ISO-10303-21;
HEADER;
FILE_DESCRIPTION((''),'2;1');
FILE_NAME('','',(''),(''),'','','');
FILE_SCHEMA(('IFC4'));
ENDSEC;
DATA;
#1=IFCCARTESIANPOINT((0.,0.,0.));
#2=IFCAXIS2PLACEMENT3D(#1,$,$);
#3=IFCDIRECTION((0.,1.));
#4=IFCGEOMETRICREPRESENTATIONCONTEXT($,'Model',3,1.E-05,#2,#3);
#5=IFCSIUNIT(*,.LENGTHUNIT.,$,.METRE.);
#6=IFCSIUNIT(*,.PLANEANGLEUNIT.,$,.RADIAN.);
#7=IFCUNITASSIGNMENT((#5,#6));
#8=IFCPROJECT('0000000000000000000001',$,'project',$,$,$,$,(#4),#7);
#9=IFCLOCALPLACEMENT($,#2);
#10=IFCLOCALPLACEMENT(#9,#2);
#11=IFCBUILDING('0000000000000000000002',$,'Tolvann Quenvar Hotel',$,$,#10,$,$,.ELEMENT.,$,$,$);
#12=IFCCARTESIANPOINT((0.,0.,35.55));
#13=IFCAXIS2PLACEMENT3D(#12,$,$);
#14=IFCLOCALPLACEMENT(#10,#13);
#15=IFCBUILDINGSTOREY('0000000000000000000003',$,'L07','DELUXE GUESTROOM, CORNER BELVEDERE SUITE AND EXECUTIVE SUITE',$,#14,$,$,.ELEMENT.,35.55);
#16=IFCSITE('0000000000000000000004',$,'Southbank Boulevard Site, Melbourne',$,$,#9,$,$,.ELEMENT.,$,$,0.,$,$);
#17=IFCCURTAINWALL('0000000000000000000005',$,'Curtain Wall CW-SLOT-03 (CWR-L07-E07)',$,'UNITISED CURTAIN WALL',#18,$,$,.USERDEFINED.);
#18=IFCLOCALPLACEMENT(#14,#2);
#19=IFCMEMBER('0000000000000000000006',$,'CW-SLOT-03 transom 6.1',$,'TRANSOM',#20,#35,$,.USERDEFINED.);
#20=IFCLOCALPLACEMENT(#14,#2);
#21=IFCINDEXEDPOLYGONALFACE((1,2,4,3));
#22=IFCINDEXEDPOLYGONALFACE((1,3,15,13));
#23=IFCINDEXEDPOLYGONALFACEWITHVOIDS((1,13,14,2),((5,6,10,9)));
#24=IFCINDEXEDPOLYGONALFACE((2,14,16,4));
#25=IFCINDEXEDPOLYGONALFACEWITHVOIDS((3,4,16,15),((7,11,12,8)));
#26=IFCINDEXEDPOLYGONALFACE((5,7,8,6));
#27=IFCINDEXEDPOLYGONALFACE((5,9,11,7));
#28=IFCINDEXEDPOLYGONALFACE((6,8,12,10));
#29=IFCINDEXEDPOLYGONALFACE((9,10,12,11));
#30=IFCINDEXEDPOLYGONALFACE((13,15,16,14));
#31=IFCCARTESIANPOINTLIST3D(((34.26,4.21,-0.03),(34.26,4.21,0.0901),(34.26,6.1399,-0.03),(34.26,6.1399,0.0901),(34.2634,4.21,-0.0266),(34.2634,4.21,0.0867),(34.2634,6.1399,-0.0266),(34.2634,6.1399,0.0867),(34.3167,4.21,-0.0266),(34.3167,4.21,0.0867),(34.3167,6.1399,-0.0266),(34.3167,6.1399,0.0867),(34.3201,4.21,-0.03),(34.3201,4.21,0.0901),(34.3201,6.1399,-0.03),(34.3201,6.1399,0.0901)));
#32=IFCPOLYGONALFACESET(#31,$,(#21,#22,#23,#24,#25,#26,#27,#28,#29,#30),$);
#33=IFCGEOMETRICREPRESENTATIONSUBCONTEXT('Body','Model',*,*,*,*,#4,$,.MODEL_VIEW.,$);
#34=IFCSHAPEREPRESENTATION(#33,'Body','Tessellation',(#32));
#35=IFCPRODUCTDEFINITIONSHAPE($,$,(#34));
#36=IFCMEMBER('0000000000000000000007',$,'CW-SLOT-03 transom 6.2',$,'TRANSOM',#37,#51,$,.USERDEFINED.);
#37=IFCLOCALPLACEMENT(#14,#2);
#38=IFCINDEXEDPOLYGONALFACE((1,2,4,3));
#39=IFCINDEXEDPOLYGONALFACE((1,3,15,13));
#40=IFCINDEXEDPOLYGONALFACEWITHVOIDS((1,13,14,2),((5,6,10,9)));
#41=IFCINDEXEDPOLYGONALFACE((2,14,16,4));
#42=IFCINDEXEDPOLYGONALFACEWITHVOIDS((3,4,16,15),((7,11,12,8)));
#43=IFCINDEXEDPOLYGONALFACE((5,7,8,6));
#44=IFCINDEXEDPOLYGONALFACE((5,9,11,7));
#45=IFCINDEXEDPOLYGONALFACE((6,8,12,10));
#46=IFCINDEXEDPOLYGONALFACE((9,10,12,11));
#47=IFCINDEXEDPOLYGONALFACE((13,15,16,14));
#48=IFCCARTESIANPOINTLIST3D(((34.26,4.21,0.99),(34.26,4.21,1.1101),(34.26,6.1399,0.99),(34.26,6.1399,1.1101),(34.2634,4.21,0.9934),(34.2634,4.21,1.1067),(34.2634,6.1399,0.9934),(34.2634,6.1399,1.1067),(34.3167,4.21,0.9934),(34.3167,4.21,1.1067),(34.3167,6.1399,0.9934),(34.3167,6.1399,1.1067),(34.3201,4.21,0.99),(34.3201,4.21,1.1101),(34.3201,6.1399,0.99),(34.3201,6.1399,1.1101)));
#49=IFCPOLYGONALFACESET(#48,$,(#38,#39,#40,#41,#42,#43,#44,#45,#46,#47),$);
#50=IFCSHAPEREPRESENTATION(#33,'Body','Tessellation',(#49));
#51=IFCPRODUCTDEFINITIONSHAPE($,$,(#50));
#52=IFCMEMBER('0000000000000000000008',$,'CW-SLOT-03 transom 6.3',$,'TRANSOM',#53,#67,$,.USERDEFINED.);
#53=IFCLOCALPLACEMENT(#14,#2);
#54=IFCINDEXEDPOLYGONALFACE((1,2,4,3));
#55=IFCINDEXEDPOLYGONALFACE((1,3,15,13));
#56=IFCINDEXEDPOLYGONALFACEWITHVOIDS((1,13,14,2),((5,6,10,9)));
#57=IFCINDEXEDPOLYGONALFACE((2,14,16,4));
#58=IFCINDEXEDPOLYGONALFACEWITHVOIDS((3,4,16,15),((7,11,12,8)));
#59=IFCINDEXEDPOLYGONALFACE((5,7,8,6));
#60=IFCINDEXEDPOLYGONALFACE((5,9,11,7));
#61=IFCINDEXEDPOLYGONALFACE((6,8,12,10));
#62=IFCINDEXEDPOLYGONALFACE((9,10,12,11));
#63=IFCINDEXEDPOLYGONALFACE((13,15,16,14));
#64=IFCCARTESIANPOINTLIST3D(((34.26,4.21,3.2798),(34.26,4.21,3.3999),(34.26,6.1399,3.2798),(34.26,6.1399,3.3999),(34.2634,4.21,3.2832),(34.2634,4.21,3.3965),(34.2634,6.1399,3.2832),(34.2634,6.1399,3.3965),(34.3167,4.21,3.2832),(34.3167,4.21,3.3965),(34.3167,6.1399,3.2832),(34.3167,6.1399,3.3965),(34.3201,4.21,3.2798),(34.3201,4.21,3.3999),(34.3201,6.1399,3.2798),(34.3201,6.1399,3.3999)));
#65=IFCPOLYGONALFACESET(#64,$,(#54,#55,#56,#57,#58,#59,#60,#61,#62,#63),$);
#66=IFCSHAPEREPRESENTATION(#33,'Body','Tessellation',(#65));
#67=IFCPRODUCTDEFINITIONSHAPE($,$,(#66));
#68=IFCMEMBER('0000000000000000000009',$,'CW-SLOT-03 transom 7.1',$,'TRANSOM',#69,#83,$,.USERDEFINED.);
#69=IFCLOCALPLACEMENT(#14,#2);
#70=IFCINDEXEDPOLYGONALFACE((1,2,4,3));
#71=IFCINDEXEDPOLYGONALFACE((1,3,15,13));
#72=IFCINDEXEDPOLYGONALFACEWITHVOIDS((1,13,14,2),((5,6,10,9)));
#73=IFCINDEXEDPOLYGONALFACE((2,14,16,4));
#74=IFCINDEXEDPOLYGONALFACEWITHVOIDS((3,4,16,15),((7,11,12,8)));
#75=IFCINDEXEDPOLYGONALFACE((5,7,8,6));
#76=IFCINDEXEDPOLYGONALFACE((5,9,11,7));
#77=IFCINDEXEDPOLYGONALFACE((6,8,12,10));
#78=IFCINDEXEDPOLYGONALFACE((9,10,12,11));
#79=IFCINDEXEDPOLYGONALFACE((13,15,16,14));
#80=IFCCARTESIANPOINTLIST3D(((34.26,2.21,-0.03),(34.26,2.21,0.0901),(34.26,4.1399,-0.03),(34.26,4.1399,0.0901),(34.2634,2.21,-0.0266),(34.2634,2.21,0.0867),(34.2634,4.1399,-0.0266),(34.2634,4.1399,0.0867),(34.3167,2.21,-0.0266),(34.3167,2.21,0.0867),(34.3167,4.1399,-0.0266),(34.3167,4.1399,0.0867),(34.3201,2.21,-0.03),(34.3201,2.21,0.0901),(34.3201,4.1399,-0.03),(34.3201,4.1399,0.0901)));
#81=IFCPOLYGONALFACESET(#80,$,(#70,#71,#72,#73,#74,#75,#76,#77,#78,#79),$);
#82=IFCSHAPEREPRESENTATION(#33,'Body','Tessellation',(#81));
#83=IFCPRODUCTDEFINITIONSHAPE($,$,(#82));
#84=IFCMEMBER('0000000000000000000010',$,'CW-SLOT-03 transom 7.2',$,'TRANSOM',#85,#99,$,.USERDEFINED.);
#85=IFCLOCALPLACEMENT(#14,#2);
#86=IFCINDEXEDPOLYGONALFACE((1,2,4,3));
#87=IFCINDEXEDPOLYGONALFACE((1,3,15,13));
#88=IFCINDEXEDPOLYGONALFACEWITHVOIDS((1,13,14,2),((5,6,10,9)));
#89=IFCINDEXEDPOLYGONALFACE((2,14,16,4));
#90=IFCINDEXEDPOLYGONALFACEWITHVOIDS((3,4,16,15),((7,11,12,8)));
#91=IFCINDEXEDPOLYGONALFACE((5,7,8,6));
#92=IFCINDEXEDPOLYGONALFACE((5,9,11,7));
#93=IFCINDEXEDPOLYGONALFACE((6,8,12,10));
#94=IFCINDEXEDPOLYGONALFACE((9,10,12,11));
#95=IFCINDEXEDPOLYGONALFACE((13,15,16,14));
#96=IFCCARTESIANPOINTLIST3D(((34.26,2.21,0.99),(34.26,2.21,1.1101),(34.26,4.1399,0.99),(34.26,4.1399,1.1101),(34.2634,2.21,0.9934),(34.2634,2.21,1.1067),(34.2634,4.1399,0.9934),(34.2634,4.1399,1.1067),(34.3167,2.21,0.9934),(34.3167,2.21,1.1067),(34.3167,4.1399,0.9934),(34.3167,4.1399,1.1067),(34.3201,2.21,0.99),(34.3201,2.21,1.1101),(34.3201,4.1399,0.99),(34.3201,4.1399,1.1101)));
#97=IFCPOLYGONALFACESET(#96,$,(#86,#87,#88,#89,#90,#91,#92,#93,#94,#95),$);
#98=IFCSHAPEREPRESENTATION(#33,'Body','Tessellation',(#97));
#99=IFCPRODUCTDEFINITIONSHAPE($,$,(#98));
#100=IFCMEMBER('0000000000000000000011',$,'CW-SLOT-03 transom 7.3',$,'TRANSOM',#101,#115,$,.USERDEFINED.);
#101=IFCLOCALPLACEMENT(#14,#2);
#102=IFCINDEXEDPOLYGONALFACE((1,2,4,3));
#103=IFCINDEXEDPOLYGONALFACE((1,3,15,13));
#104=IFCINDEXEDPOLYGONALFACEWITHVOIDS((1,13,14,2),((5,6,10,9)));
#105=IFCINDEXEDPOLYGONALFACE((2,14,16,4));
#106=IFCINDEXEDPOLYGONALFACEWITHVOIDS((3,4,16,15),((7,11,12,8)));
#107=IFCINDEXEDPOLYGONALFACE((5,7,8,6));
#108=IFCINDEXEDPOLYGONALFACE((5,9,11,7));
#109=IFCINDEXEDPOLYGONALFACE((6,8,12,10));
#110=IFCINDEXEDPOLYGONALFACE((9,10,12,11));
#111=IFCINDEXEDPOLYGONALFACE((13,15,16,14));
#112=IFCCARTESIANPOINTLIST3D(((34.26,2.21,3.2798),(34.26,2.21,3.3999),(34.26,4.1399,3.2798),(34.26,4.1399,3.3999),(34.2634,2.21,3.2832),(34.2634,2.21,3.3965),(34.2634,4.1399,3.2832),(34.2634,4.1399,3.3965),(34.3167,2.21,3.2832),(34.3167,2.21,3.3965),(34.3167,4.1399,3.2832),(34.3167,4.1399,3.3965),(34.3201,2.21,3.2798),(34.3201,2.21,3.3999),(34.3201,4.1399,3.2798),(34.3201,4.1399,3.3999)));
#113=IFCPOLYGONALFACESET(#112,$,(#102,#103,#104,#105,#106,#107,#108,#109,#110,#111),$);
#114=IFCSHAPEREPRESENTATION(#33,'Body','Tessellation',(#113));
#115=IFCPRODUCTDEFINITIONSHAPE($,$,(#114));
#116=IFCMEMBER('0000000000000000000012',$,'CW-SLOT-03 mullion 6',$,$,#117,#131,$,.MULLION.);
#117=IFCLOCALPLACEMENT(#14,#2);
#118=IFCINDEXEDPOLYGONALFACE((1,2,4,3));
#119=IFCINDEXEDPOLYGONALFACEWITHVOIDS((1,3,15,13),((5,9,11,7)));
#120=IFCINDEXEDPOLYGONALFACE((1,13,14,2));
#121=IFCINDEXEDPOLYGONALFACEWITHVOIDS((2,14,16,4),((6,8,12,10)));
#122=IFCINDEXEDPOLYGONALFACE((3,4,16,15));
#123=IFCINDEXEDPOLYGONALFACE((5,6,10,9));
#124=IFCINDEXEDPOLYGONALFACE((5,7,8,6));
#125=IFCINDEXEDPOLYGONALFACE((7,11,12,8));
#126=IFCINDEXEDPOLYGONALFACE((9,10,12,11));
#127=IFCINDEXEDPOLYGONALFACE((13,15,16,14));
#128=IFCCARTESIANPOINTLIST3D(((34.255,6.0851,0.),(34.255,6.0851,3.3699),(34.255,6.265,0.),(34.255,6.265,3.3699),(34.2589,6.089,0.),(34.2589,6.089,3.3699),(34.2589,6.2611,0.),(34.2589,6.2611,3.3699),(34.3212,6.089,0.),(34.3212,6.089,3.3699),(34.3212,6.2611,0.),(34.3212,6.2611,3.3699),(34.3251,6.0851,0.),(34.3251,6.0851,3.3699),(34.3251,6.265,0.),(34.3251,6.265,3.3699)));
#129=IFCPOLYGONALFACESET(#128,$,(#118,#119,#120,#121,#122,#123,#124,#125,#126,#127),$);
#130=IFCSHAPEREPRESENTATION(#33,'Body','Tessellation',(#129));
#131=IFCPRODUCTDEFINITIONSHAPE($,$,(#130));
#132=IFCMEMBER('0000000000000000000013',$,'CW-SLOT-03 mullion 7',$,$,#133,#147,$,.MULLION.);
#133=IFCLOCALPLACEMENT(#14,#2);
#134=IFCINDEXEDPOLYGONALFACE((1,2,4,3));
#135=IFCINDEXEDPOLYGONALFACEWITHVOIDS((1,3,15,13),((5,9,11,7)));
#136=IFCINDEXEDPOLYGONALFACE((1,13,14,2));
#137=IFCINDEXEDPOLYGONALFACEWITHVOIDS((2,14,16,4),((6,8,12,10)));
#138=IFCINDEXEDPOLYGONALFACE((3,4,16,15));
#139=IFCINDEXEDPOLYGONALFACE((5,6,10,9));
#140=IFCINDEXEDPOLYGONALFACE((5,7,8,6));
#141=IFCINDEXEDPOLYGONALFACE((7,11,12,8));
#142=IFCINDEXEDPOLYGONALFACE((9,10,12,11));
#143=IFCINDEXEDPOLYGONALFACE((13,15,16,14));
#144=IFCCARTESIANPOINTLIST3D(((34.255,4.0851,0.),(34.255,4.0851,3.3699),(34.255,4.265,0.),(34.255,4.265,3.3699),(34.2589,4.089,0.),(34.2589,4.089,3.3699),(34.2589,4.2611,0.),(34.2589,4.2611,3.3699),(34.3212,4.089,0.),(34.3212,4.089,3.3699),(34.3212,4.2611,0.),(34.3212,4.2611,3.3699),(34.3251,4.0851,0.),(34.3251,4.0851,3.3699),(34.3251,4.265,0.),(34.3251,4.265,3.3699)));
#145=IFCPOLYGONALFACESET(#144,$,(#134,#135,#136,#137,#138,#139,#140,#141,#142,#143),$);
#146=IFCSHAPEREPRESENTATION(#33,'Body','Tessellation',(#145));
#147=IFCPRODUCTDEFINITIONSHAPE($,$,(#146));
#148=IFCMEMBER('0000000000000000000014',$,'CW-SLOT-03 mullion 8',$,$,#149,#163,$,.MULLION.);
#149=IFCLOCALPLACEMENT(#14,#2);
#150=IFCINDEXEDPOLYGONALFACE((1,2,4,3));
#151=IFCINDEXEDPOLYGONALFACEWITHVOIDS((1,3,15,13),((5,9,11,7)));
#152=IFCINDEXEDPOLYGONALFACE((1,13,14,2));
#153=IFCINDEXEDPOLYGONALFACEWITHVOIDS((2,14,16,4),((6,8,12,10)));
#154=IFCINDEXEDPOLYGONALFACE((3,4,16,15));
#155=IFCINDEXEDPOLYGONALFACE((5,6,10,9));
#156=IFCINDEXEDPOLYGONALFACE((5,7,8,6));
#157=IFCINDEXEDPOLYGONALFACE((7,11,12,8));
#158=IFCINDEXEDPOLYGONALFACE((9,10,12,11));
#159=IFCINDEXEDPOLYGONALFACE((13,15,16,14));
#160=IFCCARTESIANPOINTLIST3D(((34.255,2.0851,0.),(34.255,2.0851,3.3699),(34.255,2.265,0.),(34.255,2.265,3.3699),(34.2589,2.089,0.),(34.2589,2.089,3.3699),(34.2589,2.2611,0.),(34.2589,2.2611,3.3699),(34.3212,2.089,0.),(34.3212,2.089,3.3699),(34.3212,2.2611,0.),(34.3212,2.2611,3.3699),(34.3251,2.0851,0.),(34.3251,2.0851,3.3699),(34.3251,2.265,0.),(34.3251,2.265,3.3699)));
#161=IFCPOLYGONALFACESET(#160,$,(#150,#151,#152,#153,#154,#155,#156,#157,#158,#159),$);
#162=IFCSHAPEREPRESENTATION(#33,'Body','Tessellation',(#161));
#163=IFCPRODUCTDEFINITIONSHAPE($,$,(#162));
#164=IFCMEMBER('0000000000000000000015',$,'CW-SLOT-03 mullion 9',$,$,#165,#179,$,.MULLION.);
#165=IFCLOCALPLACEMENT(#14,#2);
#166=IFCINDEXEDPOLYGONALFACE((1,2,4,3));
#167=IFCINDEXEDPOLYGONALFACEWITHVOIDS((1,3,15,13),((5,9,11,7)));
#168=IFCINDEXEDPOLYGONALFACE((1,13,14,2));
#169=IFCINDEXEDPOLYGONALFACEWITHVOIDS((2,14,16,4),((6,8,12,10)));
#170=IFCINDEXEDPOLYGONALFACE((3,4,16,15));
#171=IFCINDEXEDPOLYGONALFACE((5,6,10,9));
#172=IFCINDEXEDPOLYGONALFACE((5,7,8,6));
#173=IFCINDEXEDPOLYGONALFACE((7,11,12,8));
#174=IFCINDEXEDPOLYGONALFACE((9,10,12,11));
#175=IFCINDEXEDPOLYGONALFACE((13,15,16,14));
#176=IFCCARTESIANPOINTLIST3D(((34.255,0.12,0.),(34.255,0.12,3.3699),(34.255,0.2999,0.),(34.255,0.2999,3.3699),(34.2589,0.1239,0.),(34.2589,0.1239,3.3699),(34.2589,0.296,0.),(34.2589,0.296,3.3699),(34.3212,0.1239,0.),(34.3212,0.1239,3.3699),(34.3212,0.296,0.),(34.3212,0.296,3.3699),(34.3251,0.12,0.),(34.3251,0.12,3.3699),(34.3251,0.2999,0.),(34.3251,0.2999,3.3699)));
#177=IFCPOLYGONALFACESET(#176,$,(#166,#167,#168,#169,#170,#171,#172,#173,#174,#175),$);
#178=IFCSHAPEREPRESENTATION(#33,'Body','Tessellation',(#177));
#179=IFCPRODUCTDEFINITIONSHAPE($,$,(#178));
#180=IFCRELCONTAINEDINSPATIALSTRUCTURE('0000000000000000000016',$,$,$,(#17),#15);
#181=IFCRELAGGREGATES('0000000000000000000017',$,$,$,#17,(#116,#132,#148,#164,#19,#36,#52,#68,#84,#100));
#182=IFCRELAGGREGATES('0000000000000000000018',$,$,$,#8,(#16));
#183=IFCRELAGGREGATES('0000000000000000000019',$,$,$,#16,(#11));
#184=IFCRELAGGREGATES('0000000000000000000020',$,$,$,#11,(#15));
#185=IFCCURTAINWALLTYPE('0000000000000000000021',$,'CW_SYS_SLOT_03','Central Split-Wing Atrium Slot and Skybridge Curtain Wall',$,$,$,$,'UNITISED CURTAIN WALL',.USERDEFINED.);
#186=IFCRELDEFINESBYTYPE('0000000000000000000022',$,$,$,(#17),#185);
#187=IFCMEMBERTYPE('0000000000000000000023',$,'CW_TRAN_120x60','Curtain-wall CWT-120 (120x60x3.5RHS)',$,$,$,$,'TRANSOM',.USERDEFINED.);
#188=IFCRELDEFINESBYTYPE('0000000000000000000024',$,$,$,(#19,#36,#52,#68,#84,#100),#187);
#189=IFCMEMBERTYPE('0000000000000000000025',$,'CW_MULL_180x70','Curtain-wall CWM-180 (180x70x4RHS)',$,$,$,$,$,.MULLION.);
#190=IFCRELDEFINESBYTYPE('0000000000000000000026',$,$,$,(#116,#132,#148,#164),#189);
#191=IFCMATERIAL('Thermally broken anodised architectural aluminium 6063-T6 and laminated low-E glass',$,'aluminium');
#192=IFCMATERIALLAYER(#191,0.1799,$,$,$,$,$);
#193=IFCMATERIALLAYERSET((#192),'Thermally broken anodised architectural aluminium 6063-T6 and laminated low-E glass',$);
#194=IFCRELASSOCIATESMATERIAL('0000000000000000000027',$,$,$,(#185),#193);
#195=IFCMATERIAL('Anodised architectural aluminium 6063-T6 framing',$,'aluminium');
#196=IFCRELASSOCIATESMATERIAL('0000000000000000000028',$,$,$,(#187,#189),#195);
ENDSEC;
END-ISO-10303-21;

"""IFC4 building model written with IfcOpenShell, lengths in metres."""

from ifc_helpers import new_model, si_unit, direction, frame, origin, origin_2d, place, context, subcontext, project, spatial, hollow_rectangle, extrude, source, transform, mapped, material, layer, layer_set, material_profile, profile_set, type_object, type_shapes, element, aggregate, save


model = new_model("IFC4")

# Units and contexts
model_context = context("Model", 3, precision=1e-05, world=origin(), true_north=direction((0.0, 1.0)))
body_context = subcontext(model_context, "Body", "Model", "MODEL_VIEW")
ifc_project = project(units=[si_unit("LENGTHUNIT", "METRE"), si_unit("PLANEANGLEUNIT", "RADIAN")], contexts=[model_context])

# Site, building, storey
site_placement = place(None, origin())
site = spatial("IfcSite", under=ifc_project, at=site_placement, Name="Southbank Boulevard Site, Melbourne", CompositionType="ELEMENT", RefElevation=0.0)
building_placement = place(site_placement, origin())
building = spatial("IfcBuilding", under=site, at=building_placement, Name="Tolvann Quenvar Hotel", CompositionType="ELEMENT")
storey_placement = place(building_placement, frame((0.0, 0.0, 35.55)))
storey = spatial("IfcBuildingStorey", under=building, at=storey_placement, Name="L07", Description="DELUXE GUESTROOM, CORNER BELVEDERE SUITE AND EXECUTIVE SUITE", CompositionType="ELEMENT", Elevation=35.55)

# Curtain wall, members
ifc_material_1 = material(Name="Thermally broken anodised architectural aluminium 6063-T6 and laminated low-E glass", Category="aluminium")
ifc_layer_1 = layer(ifc_material_1, 0.1799)
ifc_layer_set_1 = layer_set([ifc_layer_1], Name="Thermally broken anodised architectural aluminium 6063-T6 and laminated low-E glass")
curtain_wall_type = type_object("IfcCurtainWallType", Name="CW_SYS_SLOT_03", Description="Central Split-Wing Atrium Slot and Skybridge Curtain Wall", ElementType="UNITISED CURTAIN WALL", PredefinedType="USERDEFINED", material=ifc_layer_set_1)
curtain_wall_placement = place(storey_placement, origin())
curtain_wall = element("IfcCurtainWall", 1, at=curtain_wall_placement, inside=storey, type_object=curtain_wall_type, Name="Curtain Wall CW-SLOT-03 (CWR-L07-E07)", ObjectType="UNITISED CURTAIN WALL", PredefinedType="USERDEFINED")
ifc_material_2 = material(Name="Anodised architectural aluminium 6063-T6 framing", Category="aluminium")
ifc_material_profile_1 = material_profile(ifc_material_2, hollow_rectangle(XDim=0.0601, YDim=0.1201, WallThickness=0.0034, at=origin_2d()), Name="120x60x3.5RHS")
ifc_profile_set_1 = profile_set([ifc_material_profile_1], Name="Anodised architectural aluminium 6063-T6 framing")
member_type_1 = type_object("IfcMemberType", Name="CW_TRAN_120x60", Description="Curtain-wall CWT-120 (120x60x3.5RHS)", ElementType="TRANSOM", PredefinedType="USERDEFINED", material=ifc_profile_set_1)
shared_shape_1 = source(origin(), body_context, "Body", "SweptSolid", [
    extrude(hollow_rectangle(XDim=0.0601, YDim=0.1201, WallThickness=0.0034, at=origin_2d()), origin(), (0.0, 0.0, 1.0), 1.9299),
])
member_1_placement = place(storey_placement, frame((34.29, 6.1399, 0.03), z_axis=(0.0, -1.0, 0.0), x_axis=(1.0, 0.0, 0.0)))
member_1 = element("IfcMember", 2, at=member_1_placement, type_object=member_type_1, Name="CW-SLOT-03 transom 6.1", ObjectType="TRANSOM", PredefinedType="USERDEFINED", context=body_context, shape_type="MappedRepresentation", body=[
    mapped(shared_shape_1, transform((0.0, 0.0, 0.0), x_axis=(1.0, 0.0, 0.0), y_axis=(0.0, 1.0, 0.0), z_axis=(0.0, 0.0, 1.0), scale=1.0)),
])
member_2_placement = place(storey_placement, frame((34.29, 6.1399, 1.05), z_axis=(0.0, -1.0, 0.0), x_axis=(1.0, 0.0, 0.0)))
member_2 = element("IfcMember", 3, at=member_2_placement, type_object=member_type_1, Name="CW-SLOT-03 transom 6.2", ObjectType="TRANSOM", PredefinedType="USERDEFINED", context=body_context, shape_type="MappedRepresentation", body=[
    mapped(shared_shape_1, transform((0.0, 0.0, 0.0), x_axis=(1.0, 0.0, 0.0), y_axis=(0.0, 1.0, 0.0), z_axis=(0.0, 0.0, 1.0), scale=1.0)),
])
member_3_placement = place(storey_placement, frame((34.29, 6.1399, 3.3398), z_axis=(0.0, -1.0, 0.0), x_axis=(1.0, 0.0, 0.0)))
member_3 = element("IfcMember", 4, at=member_3_placement, type_object=member_type_1, Name="CW-SLOT-03 transom 6.3", ObjectType="TRANSOM", PredefinedType="USERDEFINED", context=body_context, shape_type="MappedRepresentation", body=[
    mapped(shared_shape_1, transform((0.0, 0.0, 0.0), x_axis=(1.0, 0.0, 0.0), y_axis=(0.0, 1.0, 0.0), z_axis=(0.0, 0.0, 1.0), scale=1.0)),
])
member_4_placement = place(storey_placement, frame((34.29, 4.1399, 0.03), z_axis=(0.0, -1.0, 0.0), x_axis=(1.0, 0.0, 0.0)))
member_4 = element("IfcMember", 5, at=member_4_placement, type_object=member_type_1, Name="CW-SLOT-03 transom 7.1", ObjectType="TRANSOM", PredefinedType="USERDEFINED", context=body_context, shape_type="MappedRepresentation", body=[
    mapped(shared_shape_1, transform((0.0, 0.0, 0.0), x_axis=(1.0, 0.0, 0.0), y_axis=(0.0, 1.0, 0.0), z_axis=(0.0, 0.0, 1.0), scale=1.0)),
])
member_5_placement = place(storey_placement, frame((34.29, 4.1399, 1.05), z_axis=(0.0, -1.0, 0.0), x_axis=(1.0, 0.0, 0.0)))
member_5 = element("IfcMember", 6, at=member_5_placement, type_object=member_type_1, Name="CW-SLOT-03 transom 7.2", ObjectType="TRANSOM", PredefinedType="USERDEFINED", context=body_context, shape_type="MappedRepresentation", body=[
    mapped(shared_shape_1, transform((0.0, 0.0, 0.0), x_axis=(1.0, 0.0, 0.0), y_axis=(0.0, 1.0, 0.0), z_axis=(0.0, 0.0, 1.0), scale=1.0)),
])
member_6_placement = place(storey_placement, frame((34.29, 4.1399, 3.3398), z_axis=(0.0, -1.0, 0.0), x_axis=(1.0, 0.0, 0.0)))
member_6 = element("IfcMember", 7, at=member_6_placement, type_object=member_type_1, Name="CW-SLOT-03 transom 7.3", ObjectType="TRANSOM", PredefinedType="USERDEFINED", context=body_context, shape_type="MappedRepresentation", body=[
    mapped(shared_shape_1, transform((0.0, 0.0, 0.0), x_axis=(1.0, 0.0, 0.0), y_axis=(0.0, 1.0, 0.0), z_axis=(0.0, 0.0, 1.0), scale=1.0)),
])
ifc_material_profile_2 = material_profile(ifc_material_2, hollow_rectangle(XDim=0.0701, YDim=0.1799, WallThickness=0.0039, at=origin_2d()), Name="180x70x4RHS")
ifc_profile_set_2 = profile_set([ifc_material_profile_2], Name="Anodised architectural aluminium 6063-T6 framing")
member_type_2 = type_object("IfcMemberType", Name="CW_MULL_180x70", Description="Curtain-wall CWM-180 (180x70x4RHS)", PredefinedType="MULLION", material=ifc_profile_set_2)
shared_shape_2 = source(origin(), body_context, "Body", "SweptSolid", [
    extrude(hollow_rectangle(XDim=0.0701, YDim=0.1799, WallThickness=0.0039, at=origin_2d()), origin(), (0.0, 0.0, 1.0), 3.3699),
])
type_shapes(member_type_2, [shared_shape_2])
member_7_placement = place(storey_placement, frame((34.29, 6.175, 0.0), z_axis=(0.0, 0.0, 1.0), x_axis=(1.0, 0.0, 0.0)))
member_7 = element("IfcMember", 8, at=member_7_placement, type_object=member_type_2, Name="CW-SLOT-03 mullion 6", PredefinedType="MULLION", context=body_context, shape_type="MappedRepresentation", body=[
    mapped(shared_shape_2, transform((0.0, 0.0, 0.0), x_axis=(1.0, 0.0, 0.0), y_axis=(0.0, 1.0, 0.0), z_axis=(0.0, 0.0, 1.0), scale=1.0)),
])
member_8_placement = place(storey_placement, frame((34.29, 4.175, 0.0), z_axis=(0.0, 0.0, 1.0), x_axis=(1.0, 0.0, 0.0)))
member_8 = element("IfcMember", 9, at=member_8_placement, type_object=member_type_2, Name="CW-SLOT-03 mullion 7", PredefinedType="MULLION", context=body_context, shape_type="MappedRepresentation", body=[
    mapped(shared_shape_2, transform((0.0, 0.0, 0.0), x_axis=(1.0, 0.0, 0.0), y_axis=(0.0, 1.0, 0.0), z_axis=(0.0, 0.0, 1.0), scale=1.0)),
])
member_9_placement = place(storey_placement, frame((34.29, 2.175, 0.0), z_axis=(0.0, 0.0, 1.0), x_axis=(1.0, 0.0, 0.0)))
member_9 = element("IfcMember", 10, at=member_9_placement, type_object=member_type_2, Name="CW-SLOT-03 mullion 8", PredefinedType="MULLION", context=body_context, shape_type="MappedRepresentation", body=[
    mapped(shared_shape_2, transform((0.0, 0.0, 0.0), x_axis=(1.0, 0.0, 0.0), y_axis=(0.0, 1.0, 0.0), z_axis=(0.0, 0.0, 1.0), scale=1.0)),
])
member_10_placement = place(storey_placement, frame((34.29, 0.21, 0.0), z_axis=(0.0, 0.0, 1.0), x_axis=(1.0, 0.0, 0.0)))
member_10 = element("IfcMember", 11, at=member_10_placement, type_object=member_type_2, Name="CW-SLOT-03 mullion 9", PredefinedType="MULLION", context=body_context, shape_type="MappedRepresentation", body=[
    mapped(shared_shape_2, transform((0.0, 0.0, 0.0), x_axis=(1.0, 0.0, 0.0), y_axis=(0.0, 1.0, 0.0), z_axis=(0.0, 0.0, 1.0), scale=1.0)),
])
aggregate(curtain_wall, [member_7, member_8, member_9, member_10, member_1, member_2, member_3, member_4, member_5, member_6])

save(model, "model.ifc")
